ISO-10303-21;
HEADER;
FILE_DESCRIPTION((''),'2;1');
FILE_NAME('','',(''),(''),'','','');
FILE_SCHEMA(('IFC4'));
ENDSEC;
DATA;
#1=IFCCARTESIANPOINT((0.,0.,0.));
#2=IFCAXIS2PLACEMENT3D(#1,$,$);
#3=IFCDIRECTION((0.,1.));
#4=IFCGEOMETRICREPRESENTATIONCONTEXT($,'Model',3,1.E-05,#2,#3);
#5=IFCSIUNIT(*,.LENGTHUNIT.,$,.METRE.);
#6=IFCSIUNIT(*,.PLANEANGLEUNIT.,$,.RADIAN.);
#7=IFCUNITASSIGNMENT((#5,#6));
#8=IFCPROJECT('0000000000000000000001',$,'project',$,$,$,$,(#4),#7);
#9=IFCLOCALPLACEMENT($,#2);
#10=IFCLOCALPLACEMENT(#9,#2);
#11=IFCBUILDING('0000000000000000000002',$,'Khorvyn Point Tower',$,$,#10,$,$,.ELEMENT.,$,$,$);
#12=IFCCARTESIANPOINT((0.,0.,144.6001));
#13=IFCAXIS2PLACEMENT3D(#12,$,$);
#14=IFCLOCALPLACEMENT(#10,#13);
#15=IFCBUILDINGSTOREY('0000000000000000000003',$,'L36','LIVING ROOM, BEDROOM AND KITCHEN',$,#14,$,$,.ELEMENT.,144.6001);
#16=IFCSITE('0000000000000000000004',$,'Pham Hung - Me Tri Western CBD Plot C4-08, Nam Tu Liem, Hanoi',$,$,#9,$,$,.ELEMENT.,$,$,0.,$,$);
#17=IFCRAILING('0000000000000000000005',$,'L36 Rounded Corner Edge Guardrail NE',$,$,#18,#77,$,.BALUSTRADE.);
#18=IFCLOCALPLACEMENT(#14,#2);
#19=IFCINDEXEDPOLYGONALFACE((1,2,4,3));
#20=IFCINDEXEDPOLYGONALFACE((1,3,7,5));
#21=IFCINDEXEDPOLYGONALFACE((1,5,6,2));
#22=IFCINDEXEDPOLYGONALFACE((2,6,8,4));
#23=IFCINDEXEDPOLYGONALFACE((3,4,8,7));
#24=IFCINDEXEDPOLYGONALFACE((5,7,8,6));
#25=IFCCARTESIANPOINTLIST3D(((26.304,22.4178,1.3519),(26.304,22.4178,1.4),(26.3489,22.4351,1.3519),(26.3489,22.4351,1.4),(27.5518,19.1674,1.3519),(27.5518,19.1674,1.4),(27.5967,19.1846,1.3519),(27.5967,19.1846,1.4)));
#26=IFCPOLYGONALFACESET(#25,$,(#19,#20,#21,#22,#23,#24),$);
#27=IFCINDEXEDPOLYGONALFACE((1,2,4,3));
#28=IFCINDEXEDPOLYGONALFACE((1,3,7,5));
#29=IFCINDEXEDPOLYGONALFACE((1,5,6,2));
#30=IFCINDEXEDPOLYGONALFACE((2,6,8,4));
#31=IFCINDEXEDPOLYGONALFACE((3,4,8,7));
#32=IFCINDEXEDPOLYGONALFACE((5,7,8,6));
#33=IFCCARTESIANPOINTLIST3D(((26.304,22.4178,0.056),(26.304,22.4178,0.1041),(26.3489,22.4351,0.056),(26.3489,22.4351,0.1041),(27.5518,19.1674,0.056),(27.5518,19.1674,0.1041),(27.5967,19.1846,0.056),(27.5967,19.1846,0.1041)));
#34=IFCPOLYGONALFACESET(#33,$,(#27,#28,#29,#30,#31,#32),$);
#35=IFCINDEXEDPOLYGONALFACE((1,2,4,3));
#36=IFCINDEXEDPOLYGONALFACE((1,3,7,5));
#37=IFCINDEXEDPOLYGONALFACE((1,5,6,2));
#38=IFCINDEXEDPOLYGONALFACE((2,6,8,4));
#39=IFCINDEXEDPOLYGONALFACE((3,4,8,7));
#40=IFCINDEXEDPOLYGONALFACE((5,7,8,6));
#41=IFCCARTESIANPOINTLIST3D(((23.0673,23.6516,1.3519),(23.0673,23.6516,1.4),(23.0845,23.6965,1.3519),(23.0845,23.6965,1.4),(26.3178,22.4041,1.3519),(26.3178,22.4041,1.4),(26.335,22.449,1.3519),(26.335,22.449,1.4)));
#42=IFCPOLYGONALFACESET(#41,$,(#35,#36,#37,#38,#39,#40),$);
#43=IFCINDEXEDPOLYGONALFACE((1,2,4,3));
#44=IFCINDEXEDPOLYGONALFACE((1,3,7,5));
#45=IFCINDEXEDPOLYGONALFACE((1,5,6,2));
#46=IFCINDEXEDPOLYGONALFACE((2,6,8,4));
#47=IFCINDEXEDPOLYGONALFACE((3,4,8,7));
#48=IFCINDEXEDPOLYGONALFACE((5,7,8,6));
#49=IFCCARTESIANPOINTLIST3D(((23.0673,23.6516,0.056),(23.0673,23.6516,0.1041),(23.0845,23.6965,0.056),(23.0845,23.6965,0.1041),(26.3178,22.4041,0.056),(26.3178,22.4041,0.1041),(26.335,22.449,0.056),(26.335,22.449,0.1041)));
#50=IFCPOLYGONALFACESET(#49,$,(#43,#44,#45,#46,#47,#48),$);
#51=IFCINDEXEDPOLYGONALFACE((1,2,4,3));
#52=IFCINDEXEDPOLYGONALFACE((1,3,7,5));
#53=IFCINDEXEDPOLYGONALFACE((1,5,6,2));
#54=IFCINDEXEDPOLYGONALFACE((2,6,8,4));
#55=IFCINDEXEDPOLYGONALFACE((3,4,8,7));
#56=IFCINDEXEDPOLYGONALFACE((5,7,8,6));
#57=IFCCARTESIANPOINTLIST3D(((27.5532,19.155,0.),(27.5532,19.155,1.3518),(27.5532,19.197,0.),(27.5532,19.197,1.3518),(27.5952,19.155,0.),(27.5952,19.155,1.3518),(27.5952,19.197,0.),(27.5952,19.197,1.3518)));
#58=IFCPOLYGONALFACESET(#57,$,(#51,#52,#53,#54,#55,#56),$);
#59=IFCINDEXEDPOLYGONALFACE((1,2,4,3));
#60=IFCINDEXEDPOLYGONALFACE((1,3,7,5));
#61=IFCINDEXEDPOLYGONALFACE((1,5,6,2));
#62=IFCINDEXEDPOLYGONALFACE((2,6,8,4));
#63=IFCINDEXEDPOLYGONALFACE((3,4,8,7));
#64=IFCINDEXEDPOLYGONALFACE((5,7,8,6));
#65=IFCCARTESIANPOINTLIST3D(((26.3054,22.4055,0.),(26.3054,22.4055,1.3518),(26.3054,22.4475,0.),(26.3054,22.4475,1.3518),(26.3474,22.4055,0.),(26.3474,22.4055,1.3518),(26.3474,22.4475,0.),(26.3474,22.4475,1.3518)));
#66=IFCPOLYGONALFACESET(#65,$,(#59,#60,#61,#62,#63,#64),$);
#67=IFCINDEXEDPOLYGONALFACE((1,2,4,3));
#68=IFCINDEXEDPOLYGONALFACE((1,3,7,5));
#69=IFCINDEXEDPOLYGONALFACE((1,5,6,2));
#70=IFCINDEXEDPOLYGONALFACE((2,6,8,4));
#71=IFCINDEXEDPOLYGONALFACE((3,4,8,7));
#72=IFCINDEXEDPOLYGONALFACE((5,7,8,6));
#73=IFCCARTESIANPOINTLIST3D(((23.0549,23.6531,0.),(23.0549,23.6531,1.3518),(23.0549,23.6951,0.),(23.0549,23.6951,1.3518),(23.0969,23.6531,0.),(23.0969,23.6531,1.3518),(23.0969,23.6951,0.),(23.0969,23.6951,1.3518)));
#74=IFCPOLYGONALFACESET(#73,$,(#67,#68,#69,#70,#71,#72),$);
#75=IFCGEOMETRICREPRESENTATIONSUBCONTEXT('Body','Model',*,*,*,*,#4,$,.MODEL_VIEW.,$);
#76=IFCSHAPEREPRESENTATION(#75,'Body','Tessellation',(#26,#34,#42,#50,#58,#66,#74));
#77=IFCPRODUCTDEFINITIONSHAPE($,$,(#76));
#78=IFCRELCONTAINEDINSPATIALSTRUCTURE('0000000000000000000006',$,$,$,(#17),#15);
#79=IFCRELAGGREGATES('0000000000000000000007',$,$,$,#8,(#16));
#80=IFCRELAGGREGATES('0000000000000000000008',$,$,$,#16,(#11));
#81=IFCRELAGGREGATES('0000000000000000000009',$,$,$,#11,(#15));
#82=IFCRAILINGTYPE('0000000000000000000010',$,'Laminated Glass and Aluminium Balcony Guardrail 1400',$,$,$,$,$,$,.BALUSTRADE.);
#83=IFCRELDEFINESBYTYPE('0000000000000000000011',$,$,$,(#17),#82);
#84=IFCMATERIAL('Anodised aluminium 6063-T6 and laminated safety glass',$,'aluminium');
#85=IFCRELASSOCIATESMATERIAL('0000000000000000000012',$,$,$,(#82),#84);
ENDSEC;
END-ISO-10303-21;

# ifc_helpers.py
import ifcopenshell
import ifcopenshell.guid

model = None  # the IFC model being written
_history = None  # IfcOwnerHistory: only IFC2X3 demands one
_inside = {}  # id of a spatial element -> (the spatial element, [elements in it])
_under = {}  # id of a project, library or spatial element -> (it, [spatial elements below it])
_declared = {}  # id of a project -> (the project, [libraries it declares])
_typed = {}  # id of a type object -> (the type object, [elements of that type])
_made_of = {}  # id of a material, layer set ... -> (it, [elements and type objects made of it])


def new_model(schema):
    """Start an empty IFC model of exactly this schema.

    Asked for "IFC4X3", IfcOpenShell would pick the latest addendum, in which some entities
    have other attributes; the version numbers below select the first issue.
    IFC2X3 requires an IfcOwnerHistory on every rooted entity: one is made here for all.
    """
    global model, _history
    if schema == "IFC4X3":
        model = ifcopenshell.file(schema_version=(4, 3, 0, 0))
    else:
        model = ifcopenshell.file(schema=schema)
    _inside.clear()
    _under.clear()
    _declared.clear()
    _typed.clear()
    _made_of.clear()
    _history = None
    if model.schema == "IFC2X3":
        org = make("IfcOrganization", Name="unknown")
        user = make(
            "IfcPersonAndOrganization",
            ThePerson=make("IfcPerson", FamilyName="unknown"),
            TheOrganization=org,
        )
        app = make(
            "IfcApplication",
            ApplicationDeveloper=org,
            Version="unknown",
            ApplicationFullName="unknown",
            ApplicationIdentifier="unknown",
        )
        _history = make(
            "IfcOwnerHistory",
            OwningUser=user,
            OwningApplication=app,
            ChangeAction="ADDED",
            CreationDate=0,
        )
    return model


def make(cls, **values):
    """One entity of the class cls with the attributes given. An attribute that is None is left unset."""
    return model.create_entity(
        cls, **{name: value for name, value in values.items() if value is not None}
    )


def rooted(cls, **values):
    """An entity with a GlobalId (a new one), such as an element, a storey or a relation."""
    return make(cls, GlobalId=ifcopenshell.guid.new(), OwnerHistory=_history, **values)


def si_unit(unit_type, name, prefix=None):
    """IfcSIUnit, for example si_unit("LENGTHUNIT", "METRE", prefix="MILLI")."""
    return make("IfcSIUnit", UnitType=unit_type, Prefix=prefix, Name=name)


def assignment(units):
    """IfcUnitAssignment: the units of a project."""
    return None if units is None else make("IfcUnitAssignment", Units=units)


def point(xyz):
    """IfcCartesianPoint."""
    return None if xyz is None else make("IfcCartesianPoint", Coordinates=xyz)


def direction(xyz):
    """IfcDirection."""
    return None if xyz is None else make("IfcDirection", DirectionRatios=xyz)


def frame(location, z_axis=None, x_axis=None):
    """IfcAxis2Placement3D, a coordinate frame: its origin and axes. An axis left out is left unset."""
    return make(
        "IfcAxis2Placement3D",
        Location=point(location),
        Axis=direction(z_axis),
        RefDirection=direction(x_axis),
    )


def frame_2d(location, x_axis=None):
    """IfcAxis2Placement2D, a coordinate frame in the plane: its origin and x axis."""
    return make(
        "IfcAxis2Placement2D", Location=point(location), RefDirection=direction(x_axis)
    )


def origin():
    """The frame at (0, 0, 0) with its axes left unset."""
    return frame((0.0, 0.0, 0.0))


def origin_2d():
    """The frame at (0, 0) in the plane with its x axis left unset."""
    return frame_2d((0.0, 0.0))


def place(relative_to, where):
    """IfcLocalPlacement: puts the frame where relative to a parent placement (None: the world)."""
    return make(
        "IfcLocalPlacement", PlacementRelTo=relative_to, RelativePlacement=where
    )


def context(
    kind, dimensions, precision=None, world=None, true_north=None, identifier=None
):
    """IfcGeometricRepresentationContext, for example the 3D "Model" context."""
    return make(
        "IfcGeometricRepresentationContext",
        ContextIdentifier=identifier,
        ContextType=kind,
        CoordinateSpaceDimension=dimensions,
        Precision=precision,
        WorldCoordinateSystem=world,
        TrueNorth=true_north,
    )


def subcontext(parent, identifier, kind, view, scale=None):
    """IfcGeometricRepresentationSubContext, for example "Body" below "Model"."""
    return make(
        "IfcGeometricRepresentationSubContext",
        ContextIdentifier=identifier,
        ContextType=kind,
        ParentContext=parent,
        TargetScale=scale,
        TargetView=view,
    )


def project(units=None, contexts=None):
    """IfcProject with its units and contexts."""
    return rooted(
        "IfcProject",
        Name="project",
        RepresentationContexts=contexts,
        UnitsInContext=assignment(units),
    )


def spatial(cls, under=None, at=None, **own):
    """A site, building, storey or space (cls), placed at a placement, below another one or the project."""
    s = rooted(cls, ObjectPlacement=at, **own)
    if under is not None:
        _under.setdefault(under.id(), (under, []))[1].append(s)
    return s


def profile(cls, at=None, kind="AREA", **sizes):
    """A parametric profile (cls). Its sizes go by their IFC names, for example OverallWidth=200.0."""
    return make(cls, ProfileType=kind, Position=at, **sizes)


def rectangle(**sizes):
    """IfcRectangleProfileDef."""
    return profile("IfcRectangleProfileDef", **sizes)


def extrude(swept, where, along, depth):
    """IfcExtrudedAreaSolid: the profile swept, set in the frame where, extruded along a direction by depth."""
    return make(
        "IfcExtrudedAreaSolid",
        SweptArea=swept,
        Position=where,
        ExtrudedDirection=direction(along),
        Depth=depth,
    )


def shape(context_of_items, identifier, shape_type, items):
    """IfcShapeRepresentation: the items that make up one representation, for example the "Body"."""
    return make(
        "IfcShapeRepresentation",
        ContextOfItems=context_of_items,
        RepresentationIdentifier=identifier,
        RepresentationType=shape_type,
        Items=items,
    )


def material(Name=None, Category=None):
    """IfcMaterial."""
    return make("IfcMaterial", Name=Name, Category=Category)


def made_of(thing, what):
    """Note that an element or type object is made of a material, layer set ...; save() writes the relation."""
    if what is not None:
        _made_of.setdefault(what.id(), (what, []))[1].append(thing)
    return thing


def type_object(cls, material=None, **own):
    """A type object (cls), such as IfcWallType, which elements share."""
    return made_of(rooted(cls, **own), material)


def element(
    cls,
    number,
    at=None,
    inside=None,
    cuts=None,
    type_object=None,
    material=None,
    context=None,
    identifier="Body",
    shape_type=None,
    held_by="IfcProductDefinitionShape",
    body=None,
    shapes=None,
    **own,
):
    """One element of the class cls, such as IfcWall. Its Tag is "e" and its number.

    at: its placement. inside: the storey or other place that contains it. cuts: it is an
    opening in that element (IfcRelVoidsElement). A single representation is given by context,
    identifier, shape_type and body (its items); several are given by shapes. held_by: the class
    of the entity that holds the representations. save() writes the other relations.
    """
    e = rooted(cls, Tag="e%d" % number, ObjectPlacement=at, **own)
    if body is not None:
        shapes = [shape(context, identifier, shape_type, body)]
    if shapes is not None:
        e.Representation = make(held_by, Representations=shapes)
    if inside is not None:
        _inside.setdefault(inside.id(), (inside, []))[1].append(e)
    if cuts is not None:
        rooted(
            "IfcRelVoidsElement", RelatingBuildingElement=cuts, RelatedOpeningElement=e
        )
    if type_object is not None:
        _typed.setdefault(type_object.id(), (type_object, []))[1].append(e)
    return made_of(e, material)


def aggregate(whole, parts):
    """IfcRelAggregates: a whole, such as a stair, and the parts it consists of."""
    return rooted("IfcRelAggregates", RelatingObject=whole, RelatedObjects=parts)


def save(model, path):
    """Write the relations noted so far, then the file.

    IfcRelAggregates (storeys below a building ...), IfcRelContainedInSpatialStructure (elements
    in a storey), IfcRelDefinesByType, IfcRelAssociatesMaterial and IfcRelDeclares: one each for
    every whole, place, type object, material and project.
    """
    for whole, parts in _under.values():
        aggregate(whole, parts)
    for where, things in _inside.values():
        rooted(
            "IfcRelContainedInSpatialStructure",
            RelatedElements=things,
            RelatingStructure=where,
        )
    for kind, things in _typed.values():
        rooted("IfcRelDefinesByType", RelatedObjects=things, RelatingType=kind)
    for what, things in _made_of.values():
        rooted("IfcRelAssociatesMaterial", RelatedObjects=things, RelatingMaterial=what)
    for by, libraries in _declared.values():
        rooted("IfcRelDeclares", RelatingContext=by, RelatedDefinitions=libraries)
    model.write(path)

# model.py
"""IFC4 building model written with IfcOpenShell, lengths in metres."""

from ifc_helpers import new_model, si_unit, direction, frame, origin, origin_2d, place, context, subcontext, project, spatial, rectangle, extrude, material, type_object, element, save


model = new_model("IFC4")

# Units and contexts
model_context = context("Model", 3, precision=1e-05, world=origin(), true_north=direction((0.0, 1.0)))
body_context = subcontext(model_context, "Body", "Model", "MODEL_VIEW")
ifc_project = project(units=[si_unit("LENGTHUNIT", "METRE"), si_unit("PLANEANGLEUNIT", "RADIAN")], contexts=[model_context])

# Site, building, storey
site_placement = place(None, origin())
site = spatial("IfcSite", under=ifc_project, at=site_placement, Name="Pham Hung - Me Tri Western CBD Plot C4-08, Nam Tu Liem, Hanoi", CompositionType="ELEMENT", RefElevation=0.0)
building_placement = place(site_placement, origin())
building = spatial("IfcBuilding", under=site, at=building_placement, Name="Khorvyn Point Tower", CompositionType="ELEMENT")
storey_placement = place(building_placement, frame((0.0, 0.0, 144.6001)))
storey = spatial("IfcBuildingStorey", under=building, at=storey_placement, Name="L36", Description="LIVING ROOM, BEDROOM AND KITCHEN", CompositionType="ELEMENT", Elevation=144.6001)

# Railing
ifc_material_1 = material(Name="Anodised aluminium 6063-T6 and laminated safety glass", Category="aluminium")
railing_type = type_object("IfcRailingType", Name="Laminated Glass and Aluminium Balcony Guardrail 1400", PredefinedType="BALUSTRADE", material=ifc_material_1)
railing_1_placement = place(storey_placement, frame((27.5742, 19.176, 0.0)))
element("IfcRailing", 1, at=railing_1_placement, inside=storey, type_object=railing_type, Name="L36 Rounded Corner Edge Guardrail NE", PredefinedType="BALUSTRADE", context=body_context, shape_type="SweptSolid", body=[
    extrude(rectangle(XDim=0.0481, YDim=0.0481, at=origin_2d()), frame((0.0, 0.0, 1.376), z_axis=(-0.358382, 0.933575, 0.0), x_axis=(-0.933575, -0.358382, 0.0)), (0.0, 0.0, 1.0), 3.4817),
    extrude(rectangle(XDim=0.0481, YDim=0.0481, at=origin_2d()), frame((0.0, 0.0, 0.0801), z_axis=(-0.358382, 0.933575, 0.0), x_axis=(-0.933575, -0.358382, 0.0)), (0.0, 0.0, 1.0), 3.4817),
    extrude(rectangle(XDim=0.0481, YDim=0.0481, at=origin_2d()), frame((-1.2478, 3.2505, 1.376), z_axis=(-0.933598, 0.358321, 0.0), x_axis=(-0.358321, -0.933598, 0.0)), (0.0, 0.0, 1.0), 3.4817),
    extrude(rectangle(XDim=0.0481, YDim=0.0481, at=origin_2d()), frame((-1.2478, 3.2505, 0.0801), z_axis=(-0.933598, 0.358321, 0.0), x_axis=(-0.358321, -0.933598, 0.0)), (0.0, 0.0, 1.0), 3.4817),
    extrude(rectangle(XDim=0.042, YDim=0.042, at=origin_2d()), origin(), (0.0, 0.0, 1.0), 1.3518),
    extrude(rectangle(XDim=0.042, YDim=0.042, at=origin_2d()), frame((-1.2478, 3.2505, 0.0)), (0.0, 0.0, 1.0), 1.3518),
    extrude(rectangle(XDim=0.042, YDim=0.042, at=origin_2d()), frame((-4.4983, 4.498, 0.0)), (0.0, 0.0, 1.0), 1.3518),
])

save(model, "model.ifc")
